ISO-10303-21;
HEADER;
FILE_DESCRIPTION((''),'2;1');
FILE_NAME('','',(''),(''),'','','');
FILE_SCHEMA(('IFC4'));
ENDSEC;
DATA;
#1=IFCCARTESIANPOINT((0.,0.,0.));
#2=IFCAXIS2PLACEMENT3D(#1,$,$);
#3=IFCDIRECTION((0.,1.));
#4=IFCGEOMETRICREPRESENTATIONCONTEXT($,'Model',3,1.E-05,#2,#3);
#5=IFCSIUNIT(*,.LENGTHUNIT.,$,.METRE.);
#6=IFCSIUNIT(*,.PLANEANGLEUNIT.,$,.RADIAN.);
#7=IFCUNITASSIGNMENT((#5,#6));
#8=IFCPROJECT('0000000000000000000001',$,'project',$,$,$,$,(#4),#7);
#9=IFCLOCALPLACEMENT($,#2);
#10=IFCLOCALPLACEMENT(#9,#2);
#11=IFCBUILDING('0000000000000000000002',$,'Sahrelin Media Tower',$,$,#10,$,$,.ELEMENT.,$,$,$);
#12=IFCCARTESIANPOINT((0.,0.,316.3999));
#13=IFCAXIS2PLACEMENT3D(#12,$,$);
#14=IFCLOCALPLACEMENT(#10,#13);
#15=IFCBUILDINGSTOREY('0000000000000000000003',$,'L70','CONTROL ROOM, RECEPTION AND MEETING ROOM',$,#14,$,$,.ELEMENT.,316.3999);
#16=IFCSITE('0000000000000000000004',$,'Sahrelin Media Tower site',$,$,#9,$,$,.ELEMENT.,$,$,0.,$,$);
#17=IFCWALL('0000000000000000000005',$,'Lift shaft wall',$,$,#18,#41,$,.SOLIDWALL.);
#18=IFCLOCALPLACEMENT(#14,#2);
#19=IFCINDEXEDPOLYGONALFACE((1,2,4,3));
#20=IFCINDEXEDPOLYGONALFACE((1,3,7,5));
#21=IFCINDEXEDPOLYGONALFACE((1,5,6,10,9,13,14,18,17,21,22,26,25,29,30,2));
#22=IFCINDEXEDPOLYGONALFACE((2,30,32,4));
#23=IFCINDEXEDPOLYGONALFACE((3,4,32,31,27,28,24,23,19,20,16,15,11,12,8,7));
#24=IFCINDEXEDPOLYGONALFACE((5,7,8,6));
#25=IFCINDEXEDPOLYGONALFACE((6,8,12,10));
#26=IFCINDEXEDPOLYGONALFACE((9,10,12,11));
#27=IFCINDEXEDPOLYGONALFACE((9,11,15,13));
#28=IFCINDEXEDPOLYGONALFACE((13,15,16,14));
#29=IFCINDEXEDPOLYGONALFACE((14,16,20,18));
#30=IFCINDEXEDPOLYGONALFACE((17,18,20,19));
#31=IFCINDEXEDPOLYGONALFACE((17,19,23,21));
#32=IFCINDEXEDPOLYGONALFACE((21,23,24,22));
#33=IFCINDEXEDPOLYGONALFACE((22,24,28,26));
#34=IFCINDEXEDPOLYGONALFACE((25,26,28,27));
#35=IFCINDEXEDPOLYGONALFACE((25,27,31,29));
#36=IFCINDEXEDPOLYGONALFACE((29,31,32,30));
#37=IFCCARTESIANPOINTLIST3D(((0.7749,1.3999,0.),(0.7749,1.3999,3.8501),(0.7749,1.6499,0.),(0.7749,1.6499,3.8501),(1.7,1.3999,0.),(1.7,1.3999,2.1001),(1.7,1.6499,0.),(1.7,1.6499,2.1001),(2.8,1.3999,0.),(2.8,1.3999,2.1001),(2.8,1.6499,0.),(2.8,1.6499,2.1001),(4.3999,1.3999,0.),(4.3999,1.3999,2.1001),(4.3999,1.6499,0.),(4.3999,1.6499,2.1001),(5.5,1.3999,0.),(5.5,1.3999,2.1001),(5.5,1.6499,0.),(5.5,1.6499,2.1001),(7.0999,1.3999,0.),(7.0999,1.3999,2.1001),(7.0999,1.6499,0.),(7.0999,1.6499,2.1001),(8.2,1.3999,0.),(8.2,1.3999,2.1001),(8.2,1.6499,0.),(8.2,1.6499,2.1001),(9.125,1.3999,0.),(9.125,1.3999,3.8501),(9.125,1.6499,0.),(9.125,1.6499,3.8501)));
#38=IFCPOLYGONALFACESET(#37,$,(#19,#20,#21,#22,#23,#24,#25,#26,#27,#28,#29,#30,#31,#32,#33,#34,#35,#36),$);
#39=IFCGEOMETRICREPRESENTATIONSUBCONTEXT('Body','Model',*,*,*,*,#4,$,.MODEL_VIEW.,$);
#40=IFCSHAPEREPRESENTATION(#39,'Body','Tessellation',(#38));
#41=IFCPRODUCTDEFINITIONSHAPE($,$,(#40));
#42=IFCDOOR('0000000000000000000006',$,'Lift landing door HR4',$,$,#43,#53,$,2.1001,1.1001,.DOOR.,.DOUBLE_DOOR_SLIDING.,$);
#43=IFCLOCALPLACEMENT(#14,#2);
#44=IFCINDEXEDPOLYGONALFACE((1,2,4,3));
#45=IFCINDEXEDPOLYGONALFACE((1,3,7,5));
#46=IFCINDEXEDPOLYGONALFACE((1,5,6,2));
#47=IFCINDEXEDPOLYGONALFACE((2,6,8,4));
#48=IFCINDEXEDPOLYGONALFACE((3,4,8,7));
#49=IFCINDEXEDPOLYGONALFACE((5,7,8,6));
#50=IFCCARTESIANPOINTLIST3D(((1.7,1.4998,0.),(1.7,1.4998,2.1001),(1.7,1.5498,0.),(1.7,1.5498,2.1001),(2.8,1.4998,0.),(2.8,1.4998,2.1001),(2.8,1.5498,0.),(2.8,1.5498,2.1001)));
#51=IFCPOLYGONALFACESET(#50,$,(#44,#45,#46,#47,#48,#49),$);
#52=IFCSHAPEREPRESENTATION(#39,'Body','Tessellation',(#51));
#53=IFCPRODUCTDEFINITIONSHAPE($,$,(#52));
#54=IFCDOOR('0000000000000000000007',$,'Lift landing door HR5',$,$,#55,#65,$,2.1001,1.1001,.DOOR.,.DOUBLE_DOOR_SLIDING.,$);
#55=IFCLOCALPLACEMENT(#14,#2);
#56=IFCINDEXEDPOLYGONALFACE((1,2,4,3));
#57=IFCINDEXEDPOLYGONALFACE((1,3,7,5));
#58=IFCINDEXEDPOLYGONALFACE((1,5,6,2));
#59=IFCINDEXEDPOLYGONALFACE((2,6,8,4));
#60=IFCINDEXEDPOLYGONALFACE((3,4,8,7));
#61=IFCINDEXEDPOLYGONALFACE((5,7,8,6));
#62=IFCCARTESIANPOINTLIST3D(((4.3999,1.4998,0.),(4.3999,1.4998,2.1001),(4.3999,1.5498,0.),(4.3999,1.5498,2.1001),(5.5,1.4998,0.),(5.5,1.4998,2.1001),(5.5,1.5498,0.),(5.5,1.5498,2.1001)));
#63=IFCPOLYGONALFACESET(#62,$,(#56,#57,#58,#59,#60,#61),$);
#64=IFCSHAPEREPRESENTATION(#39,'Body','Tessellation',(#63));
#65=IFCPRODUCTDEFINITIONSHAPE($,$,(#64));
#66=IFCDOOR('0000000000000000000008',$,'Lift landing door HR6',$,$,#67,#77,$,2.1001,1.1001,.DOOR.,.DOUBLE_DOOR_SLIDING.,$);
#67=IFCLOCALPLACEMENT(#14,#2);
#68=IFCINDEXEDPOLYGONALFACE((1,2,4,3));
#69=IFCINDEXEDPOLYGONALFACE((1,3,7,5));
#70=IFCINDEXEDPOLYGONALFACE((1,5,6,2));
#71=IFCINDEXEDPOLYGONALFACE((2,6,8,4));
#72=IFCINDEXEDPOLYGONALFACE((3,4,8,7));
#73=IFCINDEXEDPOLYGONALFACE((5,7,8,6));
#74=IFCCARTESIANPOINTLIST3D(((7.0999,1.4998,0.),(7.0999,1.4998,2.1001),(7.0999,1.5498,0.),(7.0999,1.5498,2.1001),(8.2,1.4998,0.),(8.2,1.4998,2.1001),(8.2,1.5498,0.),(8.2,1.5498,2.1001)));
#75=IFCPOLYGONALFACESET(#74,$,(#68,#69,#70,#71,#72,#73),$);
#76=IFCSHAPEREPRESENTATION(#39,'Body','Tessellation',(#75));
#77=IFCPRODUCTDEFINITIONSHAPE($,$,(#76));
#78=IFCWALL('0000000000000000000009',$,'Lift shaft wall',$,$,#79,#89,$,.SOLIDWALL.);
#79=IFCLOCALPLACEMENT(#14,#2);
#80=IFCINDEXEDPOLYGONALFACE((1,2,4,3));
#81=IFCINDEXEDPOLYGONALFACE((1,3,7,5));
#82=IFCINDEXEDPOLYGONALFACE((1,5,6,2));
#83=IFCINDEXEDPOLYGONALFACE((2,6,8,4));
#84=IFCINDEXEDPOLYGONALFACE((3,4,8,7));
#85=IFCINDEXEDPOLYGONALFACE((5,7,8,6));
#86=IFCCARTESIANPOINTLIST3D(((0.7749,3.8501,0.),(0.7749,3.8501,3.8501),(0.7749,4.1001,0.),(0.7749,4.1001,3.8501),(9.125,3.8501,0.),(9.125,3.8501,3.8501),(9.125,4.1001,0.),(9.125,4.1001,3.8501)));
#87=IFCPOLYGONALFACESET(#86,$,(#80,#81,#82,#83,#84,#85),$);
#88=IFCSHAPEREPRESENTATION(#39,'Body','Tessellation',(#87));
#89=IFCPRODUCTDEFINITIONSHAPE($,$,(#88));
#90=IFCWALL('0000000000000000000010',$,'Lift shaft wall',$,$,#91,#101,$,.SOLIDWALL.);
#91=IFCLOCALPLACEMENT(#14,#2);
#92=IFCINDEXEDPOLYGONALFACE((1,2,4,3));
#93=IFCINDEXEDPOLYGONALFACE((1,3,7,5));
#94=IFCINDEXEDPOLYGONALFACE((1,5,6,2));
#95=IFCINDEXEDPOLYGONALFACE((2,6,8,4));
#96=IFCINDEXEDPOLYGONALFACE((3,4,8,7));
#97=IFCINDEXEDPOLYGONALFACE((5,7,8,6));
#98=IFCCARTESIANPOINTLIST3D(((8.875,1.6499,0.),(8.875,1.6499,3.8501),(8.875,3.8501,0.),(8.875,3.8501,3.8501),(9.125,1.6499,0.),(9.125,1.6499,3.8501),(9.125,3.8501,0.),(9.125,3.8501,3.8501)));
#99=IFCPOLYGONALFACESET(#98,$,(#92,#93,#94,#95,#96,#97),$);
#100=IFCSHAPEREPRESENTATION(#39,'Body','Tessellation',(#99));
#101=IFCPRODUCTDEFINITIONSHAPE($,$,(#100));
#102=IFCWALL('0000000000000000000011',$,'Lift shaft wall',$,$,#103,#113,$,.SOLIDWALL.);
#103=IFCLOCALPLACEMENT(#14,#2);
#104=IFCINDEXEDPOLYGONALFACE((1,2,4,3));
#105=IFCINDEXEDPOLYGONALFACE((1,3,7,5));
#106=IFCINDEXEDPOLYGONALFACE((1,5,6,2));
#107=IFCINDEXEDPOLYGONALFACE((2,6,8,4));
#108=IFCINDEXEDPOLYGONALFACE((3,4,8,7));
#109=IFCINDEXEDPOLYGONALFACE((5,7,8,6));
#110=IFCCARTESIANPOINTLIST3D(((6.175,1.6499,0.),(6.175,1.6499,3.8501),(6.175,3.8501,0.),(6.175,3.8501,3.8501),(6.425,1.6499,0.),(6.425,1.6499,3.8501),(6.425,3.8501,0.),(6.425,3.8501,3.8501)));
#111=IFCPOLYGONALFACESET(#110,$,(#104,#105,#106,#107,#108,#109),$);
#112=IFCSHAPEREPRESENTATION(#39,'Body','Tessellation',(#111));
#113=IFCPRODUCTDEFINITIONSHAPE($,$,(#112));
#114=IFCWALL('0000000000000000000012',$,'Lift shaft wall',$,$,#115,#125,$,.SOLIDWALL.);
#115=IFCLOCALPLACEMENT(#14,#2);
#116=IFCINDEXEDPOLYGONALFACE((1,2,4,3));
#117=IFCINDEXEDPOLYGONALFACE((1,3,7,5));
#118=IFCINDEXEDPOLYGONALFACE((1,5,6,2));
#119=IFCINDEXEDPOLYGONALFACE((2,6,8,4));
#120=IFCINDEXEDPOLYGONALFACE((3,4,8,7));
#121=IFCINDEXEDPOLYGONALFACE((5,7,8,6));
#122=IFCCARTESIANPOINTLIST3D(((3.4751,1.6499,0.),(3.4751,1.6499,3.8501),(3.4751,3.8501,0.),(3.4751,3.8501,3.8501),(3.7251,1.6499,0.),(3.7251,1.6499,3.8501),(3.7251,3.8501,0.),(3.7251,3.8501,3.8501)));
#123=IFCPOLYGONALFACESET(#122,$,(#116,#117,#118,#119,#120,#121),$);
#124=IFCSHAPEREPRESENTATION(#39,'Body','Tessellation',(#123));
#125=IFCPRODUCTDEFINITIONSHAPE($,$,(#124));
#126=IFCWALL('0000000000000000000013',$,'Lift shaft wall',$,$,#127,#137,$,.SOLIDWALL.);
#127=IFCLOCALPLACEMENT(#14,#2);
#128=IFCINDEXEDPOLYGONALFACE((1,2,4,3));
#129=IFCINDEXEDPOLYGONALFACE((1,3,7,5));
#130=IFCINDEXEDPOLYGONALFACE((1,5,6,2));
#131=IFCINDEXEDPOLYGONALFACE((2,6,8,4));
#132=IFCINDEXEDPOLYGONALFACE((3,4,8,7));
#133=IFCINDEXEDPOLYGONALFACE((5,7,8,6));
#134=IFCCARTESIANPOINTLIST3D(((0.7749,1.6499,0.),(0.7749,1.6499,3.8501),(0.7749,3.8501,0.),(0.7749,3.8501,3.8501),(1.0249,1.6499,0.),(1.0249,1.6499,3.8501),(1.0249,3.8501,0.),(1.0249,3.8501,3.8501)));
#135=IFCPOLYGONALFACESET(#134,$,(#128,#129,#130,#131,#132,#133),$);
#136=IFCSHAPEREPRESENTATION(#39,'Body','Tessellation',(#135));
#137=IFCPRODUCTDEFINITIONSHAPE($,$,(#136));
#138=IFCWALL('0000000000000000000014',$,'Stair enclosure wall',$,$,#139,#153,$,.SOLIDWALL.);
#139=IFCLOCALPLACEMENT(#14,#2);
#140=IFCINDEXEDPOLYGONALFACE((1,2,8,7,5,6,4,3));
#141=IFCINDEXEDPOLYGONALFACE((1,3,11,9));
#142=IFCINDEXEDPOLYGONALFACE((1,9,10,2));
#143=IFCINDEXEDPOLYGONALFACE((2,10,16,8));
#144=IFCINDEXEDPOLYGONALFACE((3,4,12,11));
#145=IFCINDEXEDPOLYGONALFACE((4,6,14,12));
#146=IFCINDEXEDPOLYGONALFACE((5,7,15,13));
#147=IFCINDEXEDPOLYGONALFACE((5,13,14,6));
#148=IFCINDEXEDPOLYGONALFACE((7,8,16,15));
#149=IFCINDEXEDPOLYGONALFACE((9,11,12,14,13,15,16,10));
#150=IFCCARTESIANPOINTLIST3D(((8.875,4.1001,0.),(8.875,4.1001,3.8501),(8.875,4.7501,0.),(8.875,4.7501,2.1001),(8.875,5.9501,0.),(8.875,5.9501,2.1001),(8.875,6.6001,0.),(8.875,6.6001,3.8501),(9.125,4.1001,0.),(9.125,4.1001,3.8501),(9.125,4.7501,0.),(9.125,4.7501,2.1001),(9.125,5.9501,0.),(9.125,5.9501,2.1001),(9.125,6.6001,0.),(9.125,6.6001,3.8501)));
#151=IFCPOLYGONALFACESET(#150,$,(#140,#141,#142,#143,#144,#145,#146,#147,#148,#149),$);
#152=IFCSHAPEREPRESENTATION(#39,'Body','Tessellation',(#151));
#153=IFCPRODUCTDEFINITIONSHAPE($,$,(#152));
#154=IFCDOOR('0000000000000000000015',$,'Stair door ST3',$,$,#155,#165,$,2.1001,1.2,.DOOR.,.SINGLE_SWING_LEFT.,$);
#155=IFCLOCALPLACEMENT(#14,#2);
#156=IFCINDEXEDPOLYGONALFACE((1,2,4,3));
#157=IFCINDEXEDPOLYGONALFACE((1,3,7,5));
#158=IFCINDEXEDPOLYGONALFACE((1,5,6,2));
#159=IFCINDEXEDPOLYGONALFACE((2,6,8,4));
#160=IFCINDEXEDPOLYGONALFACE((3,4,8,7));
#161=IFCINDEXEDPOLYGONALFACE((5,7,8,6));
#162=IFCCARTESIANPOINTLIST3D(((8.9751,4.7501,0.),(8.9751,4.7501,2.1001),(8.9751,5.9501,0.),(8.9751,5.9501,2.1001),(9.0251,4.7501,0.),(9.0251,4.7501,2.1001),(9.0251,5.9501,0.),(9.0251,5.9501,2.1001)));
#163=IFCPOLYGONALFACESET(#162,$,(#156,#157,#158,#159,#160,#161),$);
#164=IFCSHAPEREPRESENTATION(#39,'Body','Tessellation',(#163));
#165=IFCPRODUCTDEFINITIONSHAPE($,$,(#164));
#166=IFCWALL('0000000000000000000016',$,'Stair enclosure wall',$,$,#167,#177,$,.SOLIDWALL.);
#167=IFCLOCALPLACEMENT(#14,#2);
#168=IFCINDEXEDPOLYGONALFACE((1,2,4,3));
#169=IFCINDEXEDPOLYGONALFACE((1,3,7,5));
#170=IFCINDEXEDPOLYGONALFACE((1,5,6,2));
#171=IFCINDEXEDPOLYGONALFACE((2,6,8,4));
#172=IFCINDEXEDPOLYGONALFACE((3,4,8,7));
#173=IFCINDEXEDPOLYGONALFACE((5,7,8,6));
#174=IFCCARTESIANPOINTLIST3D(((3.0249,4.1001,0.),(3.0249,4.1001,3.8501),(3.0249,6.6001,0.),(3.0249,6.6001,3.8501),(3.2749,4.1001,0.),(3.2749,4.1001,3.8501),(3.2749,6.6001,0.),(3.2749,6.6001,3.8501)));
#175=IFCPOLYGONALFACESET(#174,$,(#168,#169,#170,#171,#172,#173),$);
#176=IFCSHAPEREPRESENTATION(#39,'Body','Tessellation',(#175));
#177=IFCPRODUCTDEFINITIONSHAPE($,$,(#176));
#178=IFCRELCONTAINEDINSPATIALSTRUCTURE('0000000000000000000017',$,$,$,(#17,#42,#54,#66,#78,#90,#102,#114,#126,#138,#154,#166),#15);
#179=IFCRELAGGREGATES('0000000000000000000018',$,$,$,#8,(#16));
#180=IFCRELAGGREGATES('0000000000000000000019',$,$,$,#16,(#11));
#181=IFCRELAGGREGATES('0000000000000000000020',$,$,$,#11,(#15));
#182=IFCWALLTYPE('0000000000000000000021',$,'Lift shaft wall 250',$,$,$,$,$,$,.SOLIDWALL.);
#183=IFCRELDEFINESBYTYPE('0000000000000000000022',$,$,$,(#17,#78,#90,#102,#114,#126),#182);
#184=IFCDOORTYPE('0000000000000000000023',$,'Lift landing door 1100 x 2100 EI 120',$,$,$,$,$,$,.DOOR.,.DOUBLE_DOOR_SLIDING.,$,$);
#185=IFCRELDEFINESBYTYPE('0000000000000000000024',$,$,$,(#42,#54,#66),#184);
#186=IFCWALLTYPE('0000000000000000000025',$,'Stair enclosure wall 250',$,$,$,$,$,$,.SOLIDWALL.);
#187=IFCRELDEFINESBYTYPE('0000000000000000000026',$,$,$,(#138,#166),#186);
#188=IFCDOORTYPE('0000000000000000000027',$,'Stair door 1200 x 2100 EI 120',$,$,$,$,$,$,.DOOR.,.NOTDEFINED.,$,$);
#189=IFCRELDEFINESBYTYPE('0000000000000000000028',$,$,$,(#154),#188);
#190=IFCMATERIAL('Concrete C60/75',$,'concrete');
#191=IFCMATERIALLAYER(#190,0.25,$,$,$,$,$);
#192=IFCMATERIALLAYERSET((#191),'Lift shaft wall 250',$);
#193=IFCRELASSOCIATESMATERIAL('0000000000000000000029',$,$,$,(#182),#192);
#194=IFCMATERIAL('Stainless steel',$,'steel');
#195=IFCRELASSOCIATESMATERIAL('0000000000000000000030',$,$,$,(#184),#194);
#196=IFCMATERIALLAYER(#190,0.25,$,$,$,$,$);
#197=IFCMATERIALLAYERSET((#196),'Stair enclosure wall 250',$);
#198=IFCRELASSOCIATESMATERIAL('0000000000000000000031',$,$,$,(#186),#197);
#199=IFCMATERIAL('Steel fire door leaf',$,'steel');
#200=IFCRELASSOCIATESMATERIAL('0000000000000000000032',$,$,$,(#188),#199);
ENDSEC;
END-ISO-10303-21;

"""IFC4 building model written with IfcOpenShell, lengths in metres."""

from ifc_helpers import new_model, si_unit, direction, frame, frame_2d, origin, place, context, subcontext, project, spatial, rectangle, extrude, material, layer, layer_set, type_object, element, fill, save


model = new_model("IFC4")

# Units and contexts
model_context = context("Model", 3, precision=1e-05, world=origin(), true_north=direction((0.0, 1.0)))
body_context = subcontext(model_context, "Body", "Model", "MODEL_VIEW")
ifc_project = project(units=[si_unit("LENGTHUNIT", "METRE"), si_unit("PLANEANGLEUNIT", "RADIAN")], contexts=[model_context])

# Site, building, storey
site_placement = place(None, origin())
site = spatial("IfcSite", under=ifc_project, at=site_placement, Name="Sahrelin Media Tower site", CompositionType="ELEMENT", RefElevation=0.0)
building_placement = place(site_placement, origin())
building = spatial("IfcBuilding", under=site, at=building_placement, Name="Sahrelin Media Tower", CompositionType="ELEMENT")
storey_placement = place(building_placement, frame((0.0, 0.0, 316.3999)))
storey = spatial("IfcBuildingStorey", under=building, at=storey_placement, Name="L70", Description="CONTROL ROOM, RECEPTION AND MEETING ROOM", CompositionType="ELEMENT", Elevation=316.3999)

# Wall, openings, doors
ifc_material_1 = material(Name="Concrete C60/75", Category="concrete")
ifc_layer_1 = layer(ifc_material_1, 0.25)
ifc_layer_set_1 = layer_set([ifc_layer_1], Name="Lift shaft wall 250")
wall_type_1 = type_object("IfcWallType", Name="Lift shaft wall 250", PredefinedType="SOLIDWALL", material=ifc_layer_set_1)
wall_1_placement = place(storey_placement, frame((0.7749, 1.5249, 0.0), z_axis=(0.0, 0.0, 1.0), x_axis=(1.0, 0.0, 0.0)))
wall_1 = element("IfcWall", 1, at=wall_1_placement, inside=storey, type_object=wall_type_1, Name="Lift shaft wall", PredefinedType="SOLIDWALL", context=body_context, shape_type="SweptSolid", body=[
    extrude(rectangle(XDim=8.3501, YDim=0.25, at=frame_2d((4.175, 0.0))), origin(), (0.0, 0.0, 1.0), 3.8501),
])
opening_1_placement = place(wall_1_placement, frame((0.925, 0.0, 0.0)))
opening_1 = element("IfcOpeningElement", 2, at=opening_1_placement, cuts=wall_1, PredefinedType="OPENING", context=body_context, shape_type="SweptSolid", body=[
    extrude(rectangle(XDim=1.1001, YDim=2.1001, at=frame_2d((0.55, 1.05))), frame((0.0, 0.125, 0.0), z_axis=(0.0, -1.0, 0.0), x_axis=(1.0, 0.0, 0.0)), (0.0, 0.0, 1.0), 0.25),
])
opening_2_placement = place(wall_1_placement, frame((3.625, 0.0, 0.0)))
opening_2 = element("IfcOpeningElement", 3, at=opening_2_placement, cuts=wall_1, PredefinedType="OPENING", context=body_context, shape_type="SweptSolid", body=[
    extrude(rectangle(XDim=1.1001, YDim=2.1001, at=frame_2d((0.55, 1.05))), frame((0.0, 0.125, 0.0), z_axis=(0.0, -1.0, 0.0), x_axis=(1.0, 0.0, 0.0)), (0.0, 0.0, 1.0), 0.25),
])
opening_3_placement = place(wall_1_placement, frame((6.325, 0.0, 0.0)))
opening_3 = element("IfcOpeningElement", 4, at=opening_3_placement, cuts=wall_1, PredefinedType="OPENING", context=body_context, shape_type="SweptSolid", body=[
    extrude(rectangle(XDim=1.1001, YDim=2.1001, at=frame_2d((0.55, 1.05))), frame((0.0, 0.125, 0.0), z_axis=(0.0, -1.0, 0.0), x_axis=(1.0, 0.0, 0.0)), (0.0, 0.0, 1.0), 0.25),
])
ifc_material_2 = material(Name="Stainless steel", Category="steel")
door_type_1 = type_object("IfcDoorType", Name="Lift landing door 1100 x 2100 EI 120", OperationType="DOUBLE_DOOR_SLIDING", PredefinedType="DOOR", material=ifc_material_2)
door_1_placement = place(opening_1_placement, origin())
door_1 = element("IfcDoor", 5, at=door_1_placement, inside=storey, type_object=door_type_1, Name="Lift landing door HR4", OperationType="DOUBLE_DOOR_SLIDING", OverallHeight=2.1001, OverallWidth=1.1001, PredefinedType="DOOR", context=body_context, shape_type="SweptSolid", body=[
    extrude(rectangle(XDim=1.1001, YDim=2.1001, at=frame_2d((0.55, 1.05))), frame((0.0, 0.0249, 0.0), z_axis=(0.0, -1.0, 0.0), x_axis=(1.0, 0.0, 0.0)), (0.0, 0.0, 1.0), 0.05),
])
fill(opening_1, door_1)
door_2_placement = place(opening_2_placement, origin())
door_2 = element("IfcDoor", 6, at=door_2_placement, inside=storey, type_object=door_type_1, Name="Lift landing door HR5", OperationType="DOUBLE_DOOR_SLIDING", OverallHeight=2.1001, OverallWidth=1.1001, PredefinedType="DOOR", context=body_context, shape_type="SweptSolid", body=[
    extrude(rectangle(XDim=1.1001, YDim=2.1001, at=frame_2d((0.55, 1.05))), frame((0.0, 0.0249, 0.0), z_axis=(0.0, -1.0, 0.0), x_axis=(1.0, 0.0, 0.0)), (0.0, 0.0, 1.0), 0.05),
])
fill(opening_2, door_2)
door_3_placement = place(opening_3_placement, origin())
door_3 = element("IfcDoor", 7, at=door_3_placement, inside=storey, type_object=door_type_1, Name="Lift landing door HR6", OperationType="DOUBLE_DOOR_SLIDING", OverallHeight=2.1001, OverallWidth=1.1001, PredefinedType="DOOR", context=body_context, shape_type="SweptSolid", body=[
    extrude(rectangle(XDim=1.1001, YDim=2.1001, at=frame_2d((0.55, 1.05))), frame((0.0, 0.0249, 0.0), z_axis=(0.0, -1.0, 0.0), x_axis=(1.0, 0.0, 0.0)), (0.0, 0.0, 1.0), 0.05),
])
fill(opening_3, door_3)

# Walls
wall_2_placement = place(storey_placement, frame((0.7749, 3.9751, 0.0), z_axis=(0.0, 0.0, 1.0), x_axis=(1.0, 0.0, 0.0)))
element("IfcWall", 8, at=wall_2_placement, inside=storey, type_object=wall_type_1, Name="Lift shaft wall", PredefinedType="SOLIDWALL", context=body_context, shape_type="SweptSolid", body=[
    extrude(rectangle(XDim=8.3501, YDim=0.25, at=frame_2d((4.175, 0.0))), origin(), (0.0, 0.0, 1.0), 3.8501),
])
for number, where, z_axis, x_axis, name in (
    (9, (9.0, 1.6499, 0.0), (0.0, 0.0, 1.0), (0.0, 1.0, 0.0), "Lift shaft wall"),
    (10, (6.3, 1.6499, 0.0), (0.0, 0.0, 1.0), (0.0, 1.0, 0.0), "Lift shaft wall"),
    (11, (3.6001, 1.6499, 0.0), (0.0, 0.0, 1.0), (0.0, 1.0, 0.0), "Lift shaft wall"),
    (12, (0.8999, 1.6499, 0.0), (0.0, 0.0, 1.0), (0.0, 1.0, 0.0), "Lift shaft wall"),
):
    element("IfcWall", number, at=place(storey_placement, frame(where, z_axis=z_axis, x_axis=x_axis)), inside=storey, type_object=wall_type_1, Name=name, PredefinedType="SOLIDWALL", context=body_context, shape_type="SweptSolid", body=[
        extrude(rectangle(XDim=2.2002, YDim=0.25, at=frame_2d((1.1001, 0.0))), origin(), (0.0, 0.0, 1.0), 3.8501),
    ])

# Wall, opening, door
ifc_layer_2 = layer(ifc_material_1, 0.25)
ifc_layer_set_2 = layer_set([ifc_layer_2], Name="Stair enclosure wall 250")
wall_type_2 = type_object("IfcWallType", Name="Stair enclosure wall 250", PredefinedType="SOLIDWALL", material=ifc_layer_set_2)
wall_3_placement = place(storey_placement, frame((9.0, 4.1001, 0.0), z_axis=(0.0, 0.0, 1.0), x_axis=(0.0, 1.0, 0.0)))
wall_3 = element("IfcWall", 13, at=wall_3_placement, inside=storey, type_object=wall_type_2, Name="Stair enclosure wall", PredefinedType="SOLIDWALL", context=body_context, shape_type="SweptSolid", body=[
    extrude(rectangle(XDim=2.5, YDim=0.25, at=frame_2d((1.25, 0.0))), origin(), (0.0, 0.0, 1.0), 3.8501),
])
opening_4_placement = place(wall_3_placement, frame((0.6499, 0.0, 0.0)))
opening_4 = element("IfcOpeningElement", 14, at=opening_4_placement, cuts=wall_3, PredefinedType="OPENING", context=body_context, shape_type="SweptSolid", body=[
    extrude(rectangle(XDim=1.2, YDim=2.1001, at=frame_2d((0.6001, 1.05))), frame((0.0, 0.125, 0.0), z_axis=(0.0, -1.0, 0.0), x_axis=(1.0, 0.0, 0.0)), (0.0, 0.0, 1.0), 0.25),
])
ifc_material_3 = material(Name="Steel fire door leaf", Category="steel")
door_type_2 = type_object("IfcDoorType", Name="Stair door 1200 x 2100 EI 120", OperationType="NOTDEFINED", PredefinedType="DOOR", material=ifc_material_3)
door_4_placement = place(opening_4_placement, origin())
door_4 = element("IfcDoor", 15, at=door_4_placement, inside=storey, type_object=door_type_2, Name="Stair door ST3", OperationType="SINGLE_SWING_LEFT", OverallHeight=2.1001, OverallWidth=1.2, PredefinedType="DOOR", context=body_context, shape_type="SweptSolid", body=[
    extrude(rectangle(XDim=1.2, YDim=2.1001, at=frame_2d((0.6001, 1.05))), frame((0.0, 0.0249, 0.0), z_axis=(0.0, -1.0, 0.0), x_axis=(1.0, 0.0, 0.0)), (0.0, 0.0, 1.0), 0.05),
])
fill(opening_4, door_4)

# Wall
wall_4_placement = place(storey_placement, frame((3.1499, 4.1001, 0.0), z_axis=(0.0, 0.0, 1.0), x_axis=(0.0, 1.0, 0.0)))
element("IfcWall", 16, at=wall_4_placement, inside=storey, type_object=wall_type_2, Name="Stair enclosure wall", PredefinedType="SOLIDWALL", context=body_context, shape_type="SweptSolid", body=[
    extrude(rectangle(XDim=2.5, YDim=0.25, at=frame_2d((1.25, 0.0))), origin(), (0.0, 0.0, 1.0), 3.8501),
])

save(model, "model.ifc")
